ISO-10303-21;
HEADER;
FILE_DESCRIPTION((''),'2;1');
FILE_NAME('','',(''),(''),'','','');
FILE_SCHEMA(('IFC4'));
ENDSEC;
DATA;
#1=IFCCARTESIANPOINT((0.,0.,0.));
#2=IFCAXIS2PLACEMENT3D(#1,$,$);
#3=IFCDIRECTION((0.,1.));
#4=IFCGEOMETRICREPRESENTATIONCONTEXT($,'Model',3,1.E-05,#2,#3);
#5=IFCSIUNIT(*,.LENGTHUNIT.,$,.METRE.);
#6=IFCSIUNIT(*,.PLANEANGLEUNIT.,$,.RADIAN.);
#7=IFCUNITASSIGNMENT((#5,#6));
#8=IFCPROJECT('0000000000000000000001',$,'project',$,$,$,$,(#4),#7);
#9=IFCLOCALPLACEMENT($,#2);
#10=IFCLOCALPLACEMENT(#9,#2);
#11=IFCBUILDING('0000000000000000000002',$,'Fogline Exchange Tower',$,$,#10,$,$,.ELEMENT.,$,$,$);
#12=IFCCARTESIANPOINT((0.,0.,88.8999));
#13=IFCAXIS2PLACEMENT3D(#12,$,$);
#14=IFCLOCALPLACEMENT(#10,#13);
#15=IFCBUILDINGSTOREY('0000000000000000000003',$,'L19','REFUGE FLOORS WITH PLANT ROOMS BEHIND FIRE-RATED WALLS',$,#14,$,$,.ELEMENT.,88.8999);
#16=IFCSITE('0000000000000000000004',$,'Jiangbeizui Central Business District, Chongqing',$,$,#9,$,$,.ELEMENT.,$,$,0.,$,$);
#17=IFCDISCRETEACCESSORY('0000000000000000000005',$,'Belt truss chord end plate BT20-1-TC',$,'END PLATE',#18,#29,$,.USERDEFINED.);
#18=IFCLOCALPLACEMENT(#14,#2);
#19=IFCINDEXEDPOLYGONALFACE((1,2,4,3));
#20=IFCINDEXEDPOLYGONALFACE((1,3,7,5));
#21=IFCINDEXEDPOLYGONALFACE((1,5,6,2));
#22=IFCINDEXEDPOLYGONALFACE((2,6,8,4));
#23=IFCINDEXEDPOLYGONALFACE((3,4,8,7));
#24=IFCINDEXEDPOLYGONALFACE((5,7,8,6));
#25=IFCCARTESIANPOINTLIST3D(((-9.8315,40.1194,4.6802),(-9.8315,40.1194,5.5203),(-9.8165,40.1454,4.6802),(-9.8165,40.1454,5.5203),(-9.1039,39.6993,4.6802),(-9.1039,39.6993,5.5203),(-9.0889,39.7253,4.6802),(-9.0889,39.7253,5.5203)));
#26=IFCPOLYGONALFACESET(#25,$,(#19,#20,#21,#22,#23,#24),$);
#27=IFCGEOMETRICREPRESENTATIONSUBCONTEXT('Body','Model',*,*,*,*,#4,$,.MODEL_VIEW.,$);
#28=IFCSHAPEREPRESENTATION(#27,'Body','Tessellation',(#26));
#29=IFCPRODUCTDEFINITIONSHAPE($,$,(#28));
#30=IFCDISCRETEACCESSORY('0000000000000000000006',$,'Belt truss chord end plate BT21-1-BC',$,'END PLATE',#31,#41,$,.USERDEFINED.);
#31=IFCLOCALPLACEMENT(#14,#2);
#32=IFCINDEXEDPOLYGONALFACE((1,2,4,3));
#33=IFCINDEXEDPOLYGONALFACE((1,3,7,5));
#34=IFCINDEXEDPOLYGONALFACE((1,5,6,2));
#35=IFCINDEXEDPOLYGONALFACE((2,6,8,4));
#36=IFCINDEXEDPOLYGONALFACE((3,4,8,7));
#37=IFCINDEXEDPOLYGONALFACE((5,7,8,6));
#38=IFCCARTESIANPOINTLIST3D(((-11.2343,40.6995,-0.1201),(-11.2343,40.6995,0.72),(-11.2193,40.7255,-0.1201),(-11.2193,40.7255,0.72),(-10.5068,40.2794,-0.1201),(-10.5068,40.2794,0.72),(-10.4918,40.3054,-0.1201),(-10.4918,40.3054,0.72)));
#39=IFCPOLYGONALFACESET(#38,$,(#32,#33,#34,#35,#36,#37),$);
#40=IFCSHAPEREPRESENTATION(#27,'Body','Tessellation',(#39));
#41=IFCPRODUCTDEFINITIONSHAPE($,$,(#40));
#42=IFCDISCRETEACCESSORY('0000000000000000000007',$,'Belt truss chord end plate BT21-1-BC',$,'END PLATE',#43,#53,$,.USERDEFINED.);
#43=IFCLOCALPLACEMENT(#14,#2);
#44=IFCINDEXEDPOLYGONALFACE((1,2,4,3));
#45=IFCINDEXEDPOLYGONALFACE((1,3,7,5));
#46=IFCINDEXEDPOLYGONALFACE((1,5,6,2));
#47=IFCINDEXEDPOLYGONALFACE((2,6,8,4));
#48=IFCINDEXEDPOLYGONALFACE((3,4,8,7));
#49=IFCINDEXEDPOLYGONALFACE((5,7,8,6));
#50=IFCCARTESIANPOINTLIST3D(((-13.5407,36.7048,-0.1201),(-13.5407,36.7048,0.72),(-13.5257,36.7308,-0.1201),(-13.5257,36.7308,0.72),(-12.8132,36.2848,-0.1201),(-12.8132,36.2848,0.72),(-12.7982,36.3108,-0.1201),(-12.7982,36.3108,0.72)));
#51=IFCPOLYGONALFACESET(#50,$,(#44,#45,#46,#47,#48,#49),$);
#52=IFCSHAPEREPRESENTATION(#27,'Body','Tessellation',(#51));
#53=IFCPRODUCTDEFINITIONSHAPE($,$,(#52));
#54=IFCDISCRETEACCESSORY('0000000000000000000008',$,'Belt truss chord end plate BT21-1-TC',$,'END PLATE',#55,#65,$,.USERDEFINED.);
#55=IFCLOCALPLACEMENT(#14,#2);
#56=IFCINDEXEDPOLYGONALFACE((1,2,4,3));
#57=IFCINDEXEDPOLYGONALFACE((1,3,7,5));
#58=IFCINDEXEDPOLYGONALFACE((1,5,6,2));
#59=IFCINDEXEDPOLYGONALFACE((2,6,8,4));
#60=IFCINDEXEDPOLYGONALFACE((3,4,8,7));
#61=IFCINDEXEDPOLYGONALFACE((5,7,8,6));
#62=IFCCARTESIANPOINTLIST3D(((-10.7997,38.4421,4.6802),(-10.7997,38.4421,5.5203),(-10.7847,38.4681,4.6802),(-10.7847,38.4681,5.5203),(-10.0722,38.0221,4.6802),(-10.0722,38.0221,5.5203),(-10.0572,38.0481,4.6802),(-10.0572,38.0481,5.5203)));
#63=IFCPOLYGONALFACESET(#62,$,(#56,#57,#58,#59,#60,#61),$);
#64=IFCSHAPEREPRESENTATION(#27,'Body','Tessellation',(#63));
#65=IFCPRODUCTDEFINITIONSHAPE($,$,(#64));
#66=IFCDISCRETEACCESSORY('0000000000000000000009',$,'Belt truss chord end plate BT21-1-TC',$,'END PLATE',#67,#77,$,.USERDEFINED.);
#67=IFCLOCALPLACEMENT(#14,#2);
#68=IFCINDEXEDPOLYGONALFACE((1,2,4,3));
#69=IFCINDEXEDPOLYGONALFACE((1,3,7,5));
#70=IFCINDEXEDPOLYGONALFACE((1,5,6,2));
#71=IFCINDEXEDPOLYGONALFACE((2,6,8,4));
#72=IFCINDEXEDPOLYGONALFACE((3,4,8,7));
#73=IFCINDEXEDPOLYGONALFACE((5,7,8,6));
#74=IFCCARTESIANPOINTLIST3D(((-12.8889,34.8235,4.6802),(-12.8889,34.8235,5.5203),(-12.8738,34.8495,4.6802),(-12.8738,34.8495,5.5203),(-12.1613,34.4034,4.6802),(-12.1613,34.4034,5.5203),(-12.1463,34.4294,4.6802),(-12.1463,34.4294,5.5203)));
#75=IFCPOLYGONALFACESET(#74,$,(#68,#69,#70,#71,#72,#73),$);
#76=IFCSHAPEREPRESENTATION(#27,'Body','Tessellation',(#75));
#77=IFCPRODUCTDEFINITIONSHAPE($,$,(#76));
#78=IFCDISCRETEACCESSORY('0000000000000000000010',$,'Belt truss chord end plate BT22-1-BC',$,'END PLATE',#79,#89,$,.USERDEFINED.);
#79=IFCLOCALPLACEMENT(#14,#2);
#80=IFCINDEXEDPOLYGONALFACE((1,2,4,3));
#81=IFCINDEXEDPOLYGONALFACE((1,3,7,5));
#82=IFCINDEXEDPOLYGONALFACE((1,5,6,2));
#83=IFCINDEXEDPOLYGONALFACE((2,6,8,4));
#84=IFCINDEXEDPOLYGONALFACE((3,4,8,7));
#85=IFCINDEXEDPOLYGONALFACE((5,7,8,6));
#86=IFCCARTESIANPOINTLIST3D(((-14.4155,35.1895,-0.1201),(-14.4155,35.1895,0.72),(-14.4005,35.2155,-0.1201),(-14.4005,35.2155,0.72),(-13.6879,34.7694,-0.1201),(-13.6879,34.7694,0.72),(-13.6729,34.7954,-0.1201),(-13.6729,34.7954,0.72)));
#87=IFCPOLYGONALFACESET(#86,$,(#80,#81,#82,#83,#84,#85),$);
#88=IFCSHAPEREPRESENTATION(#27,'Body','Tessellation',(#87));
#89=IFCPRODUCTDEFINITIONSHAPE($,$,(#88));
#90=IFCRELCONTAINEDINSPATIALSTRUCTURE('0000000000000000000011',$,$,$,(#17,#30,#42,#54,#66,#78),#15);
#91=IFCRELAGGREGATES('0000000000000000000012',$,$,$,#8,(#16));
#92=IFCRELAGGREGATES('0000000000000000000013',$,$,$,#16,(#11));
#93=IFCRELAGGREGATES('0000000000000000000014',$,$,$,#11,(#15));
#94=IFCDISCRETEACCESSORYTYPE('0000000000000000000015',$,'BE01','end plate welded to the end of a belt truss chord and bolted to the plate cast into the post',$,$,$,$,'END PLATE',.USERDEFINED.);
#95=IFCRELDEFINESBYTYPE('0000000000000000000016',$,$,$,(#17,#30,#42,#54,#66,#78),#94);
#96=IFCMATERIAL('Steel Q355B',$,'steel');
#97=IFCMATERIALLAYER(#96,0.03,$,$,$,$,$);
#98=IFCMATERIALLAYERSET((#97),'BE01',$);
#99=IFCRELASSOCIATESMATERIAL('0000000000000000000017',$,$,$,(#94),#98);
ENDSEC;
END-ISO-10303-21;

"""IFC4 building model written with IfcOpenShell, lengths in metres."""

from ifc_helpers import new_model, si_unit, direction, frame, origin, origin_2d, place, context, subcontext, project, spatial, rectangle, extrude, material, layer, layer_set, type_object, element, save


model = new_model("IFC4")

# Units and contexts
model_context = context("Model", 3, precision=1e-05, world=origin(), true_north=direction((0.0, 1.0)))
body_context = subcontext(model_context, "Body", "Model", "MODEL_VIEW")
ifc_project = project(units=[si_unit("LENGTHUNIT", "METRE"), si_unit("PLANEANGLEUNIT", "RADIAN")], contexts=[model_context])

# Site, building, storey
site_placement = place(None, origin())
site = spatial("IfcSite", under=ifc_project, at=site_placement, Name="Jiangbeizui Central Business District, Chongqing", CompositionType="ELEMENT", RefElevation=0.0)
building_placement = place(site_placement, origin())
building = spatial("IfcBuilding", under=site, at=building_placement, Name="Fogline Exchange Tower", CompositionType="ELEMENT")
storey_placement = place(building_placement, frame((0.0, 0.0, 88.8999)))
storey = spatial("IfcBuildingStorey", under=building, at=storey_placement, Name="L19", Description="REFUGE FLOORS WITH PLANT ROOMS BEHIND FIRE-RATED WALLS", CompositionType="ELEMENT", Elevation=88.8999)

# Shared definitions
ifc_material_1 = material(Name="Steel Q355B", Category="steel")

# Discrete accessories
ifc_layer_1 = layer(ifc_material_1, 0.03)
ifc_layer_set_1 = layer_set([ifc_layer_1], Name="BE01")
discrete_accessory_type = type_object("IfcDiscreteAccessoryType", Name="BE01", Description="end plate welded to the end of a belt truss chord and bolted to the plate cast into the post", ElementType="END PLATE", PredefinedType="USERDEFINED", material=ifc_layer_set_1)
for number, where, z_axis, x_axis, name in (
    (1, (-9.4602, 39.9224, 4.6802), (0.0, 0.0, 1.0), (-0.5, -0.866025, 0.0), "Belt truss chord end plate BT20-1-TC"),
    (2, (-10.863, 40.5024, -0.1201), (0.0, 0.0, 1.0), (0.5, 0.866025, 0.0), "Belt truss chord end plate BT21-1-BC"),
    (3, (-13.1694, 36.5078, -0.1201), (0.0, 0.0, 1.0), (-0.5, -0.866025, 0.0), "Belt truss chord end plate BT21-1-BC"),
    (4, (-10.4285, 38.2451, 4.6802), (0.0, 0.0, 1.0), (0.5, 0.866025, 0.0), "Belt truss chord end plate BT21-1-TC"),
    (5, (-12.5176, 34.6265, 4.6802), (0.0, 0.0, 1.0), (-0.5, -0.866025, 0.0), "Belt truss chord end plate BT21-1-TC"),
    (6, (-14.0442, 34.9924, -0.1201), (0.0, 0.0, 1.0), (0.5, 0.866025, 0.0), "Belt truss chord end plate BT22-1-BC"),
):
    element("IfcDiscreteAccessory", number, at=place(storey_placement, frame(where, z_axis=z_axis, x_axis=x_axis)), inside=storey, type_object=discrete_accessory_type, Name=name, ObjectType="END PLATE", PredefinedType="USERDEFINED", context=body_context, shape_type="SweptSolid", body=[
        extrude(rectangle(XDim=0.03, YDim=0.8401, at=origin_2d()), origin(), (0.0, 0.0, 1.0), 0.8401),
    ])

save(model, "model.ifc")
